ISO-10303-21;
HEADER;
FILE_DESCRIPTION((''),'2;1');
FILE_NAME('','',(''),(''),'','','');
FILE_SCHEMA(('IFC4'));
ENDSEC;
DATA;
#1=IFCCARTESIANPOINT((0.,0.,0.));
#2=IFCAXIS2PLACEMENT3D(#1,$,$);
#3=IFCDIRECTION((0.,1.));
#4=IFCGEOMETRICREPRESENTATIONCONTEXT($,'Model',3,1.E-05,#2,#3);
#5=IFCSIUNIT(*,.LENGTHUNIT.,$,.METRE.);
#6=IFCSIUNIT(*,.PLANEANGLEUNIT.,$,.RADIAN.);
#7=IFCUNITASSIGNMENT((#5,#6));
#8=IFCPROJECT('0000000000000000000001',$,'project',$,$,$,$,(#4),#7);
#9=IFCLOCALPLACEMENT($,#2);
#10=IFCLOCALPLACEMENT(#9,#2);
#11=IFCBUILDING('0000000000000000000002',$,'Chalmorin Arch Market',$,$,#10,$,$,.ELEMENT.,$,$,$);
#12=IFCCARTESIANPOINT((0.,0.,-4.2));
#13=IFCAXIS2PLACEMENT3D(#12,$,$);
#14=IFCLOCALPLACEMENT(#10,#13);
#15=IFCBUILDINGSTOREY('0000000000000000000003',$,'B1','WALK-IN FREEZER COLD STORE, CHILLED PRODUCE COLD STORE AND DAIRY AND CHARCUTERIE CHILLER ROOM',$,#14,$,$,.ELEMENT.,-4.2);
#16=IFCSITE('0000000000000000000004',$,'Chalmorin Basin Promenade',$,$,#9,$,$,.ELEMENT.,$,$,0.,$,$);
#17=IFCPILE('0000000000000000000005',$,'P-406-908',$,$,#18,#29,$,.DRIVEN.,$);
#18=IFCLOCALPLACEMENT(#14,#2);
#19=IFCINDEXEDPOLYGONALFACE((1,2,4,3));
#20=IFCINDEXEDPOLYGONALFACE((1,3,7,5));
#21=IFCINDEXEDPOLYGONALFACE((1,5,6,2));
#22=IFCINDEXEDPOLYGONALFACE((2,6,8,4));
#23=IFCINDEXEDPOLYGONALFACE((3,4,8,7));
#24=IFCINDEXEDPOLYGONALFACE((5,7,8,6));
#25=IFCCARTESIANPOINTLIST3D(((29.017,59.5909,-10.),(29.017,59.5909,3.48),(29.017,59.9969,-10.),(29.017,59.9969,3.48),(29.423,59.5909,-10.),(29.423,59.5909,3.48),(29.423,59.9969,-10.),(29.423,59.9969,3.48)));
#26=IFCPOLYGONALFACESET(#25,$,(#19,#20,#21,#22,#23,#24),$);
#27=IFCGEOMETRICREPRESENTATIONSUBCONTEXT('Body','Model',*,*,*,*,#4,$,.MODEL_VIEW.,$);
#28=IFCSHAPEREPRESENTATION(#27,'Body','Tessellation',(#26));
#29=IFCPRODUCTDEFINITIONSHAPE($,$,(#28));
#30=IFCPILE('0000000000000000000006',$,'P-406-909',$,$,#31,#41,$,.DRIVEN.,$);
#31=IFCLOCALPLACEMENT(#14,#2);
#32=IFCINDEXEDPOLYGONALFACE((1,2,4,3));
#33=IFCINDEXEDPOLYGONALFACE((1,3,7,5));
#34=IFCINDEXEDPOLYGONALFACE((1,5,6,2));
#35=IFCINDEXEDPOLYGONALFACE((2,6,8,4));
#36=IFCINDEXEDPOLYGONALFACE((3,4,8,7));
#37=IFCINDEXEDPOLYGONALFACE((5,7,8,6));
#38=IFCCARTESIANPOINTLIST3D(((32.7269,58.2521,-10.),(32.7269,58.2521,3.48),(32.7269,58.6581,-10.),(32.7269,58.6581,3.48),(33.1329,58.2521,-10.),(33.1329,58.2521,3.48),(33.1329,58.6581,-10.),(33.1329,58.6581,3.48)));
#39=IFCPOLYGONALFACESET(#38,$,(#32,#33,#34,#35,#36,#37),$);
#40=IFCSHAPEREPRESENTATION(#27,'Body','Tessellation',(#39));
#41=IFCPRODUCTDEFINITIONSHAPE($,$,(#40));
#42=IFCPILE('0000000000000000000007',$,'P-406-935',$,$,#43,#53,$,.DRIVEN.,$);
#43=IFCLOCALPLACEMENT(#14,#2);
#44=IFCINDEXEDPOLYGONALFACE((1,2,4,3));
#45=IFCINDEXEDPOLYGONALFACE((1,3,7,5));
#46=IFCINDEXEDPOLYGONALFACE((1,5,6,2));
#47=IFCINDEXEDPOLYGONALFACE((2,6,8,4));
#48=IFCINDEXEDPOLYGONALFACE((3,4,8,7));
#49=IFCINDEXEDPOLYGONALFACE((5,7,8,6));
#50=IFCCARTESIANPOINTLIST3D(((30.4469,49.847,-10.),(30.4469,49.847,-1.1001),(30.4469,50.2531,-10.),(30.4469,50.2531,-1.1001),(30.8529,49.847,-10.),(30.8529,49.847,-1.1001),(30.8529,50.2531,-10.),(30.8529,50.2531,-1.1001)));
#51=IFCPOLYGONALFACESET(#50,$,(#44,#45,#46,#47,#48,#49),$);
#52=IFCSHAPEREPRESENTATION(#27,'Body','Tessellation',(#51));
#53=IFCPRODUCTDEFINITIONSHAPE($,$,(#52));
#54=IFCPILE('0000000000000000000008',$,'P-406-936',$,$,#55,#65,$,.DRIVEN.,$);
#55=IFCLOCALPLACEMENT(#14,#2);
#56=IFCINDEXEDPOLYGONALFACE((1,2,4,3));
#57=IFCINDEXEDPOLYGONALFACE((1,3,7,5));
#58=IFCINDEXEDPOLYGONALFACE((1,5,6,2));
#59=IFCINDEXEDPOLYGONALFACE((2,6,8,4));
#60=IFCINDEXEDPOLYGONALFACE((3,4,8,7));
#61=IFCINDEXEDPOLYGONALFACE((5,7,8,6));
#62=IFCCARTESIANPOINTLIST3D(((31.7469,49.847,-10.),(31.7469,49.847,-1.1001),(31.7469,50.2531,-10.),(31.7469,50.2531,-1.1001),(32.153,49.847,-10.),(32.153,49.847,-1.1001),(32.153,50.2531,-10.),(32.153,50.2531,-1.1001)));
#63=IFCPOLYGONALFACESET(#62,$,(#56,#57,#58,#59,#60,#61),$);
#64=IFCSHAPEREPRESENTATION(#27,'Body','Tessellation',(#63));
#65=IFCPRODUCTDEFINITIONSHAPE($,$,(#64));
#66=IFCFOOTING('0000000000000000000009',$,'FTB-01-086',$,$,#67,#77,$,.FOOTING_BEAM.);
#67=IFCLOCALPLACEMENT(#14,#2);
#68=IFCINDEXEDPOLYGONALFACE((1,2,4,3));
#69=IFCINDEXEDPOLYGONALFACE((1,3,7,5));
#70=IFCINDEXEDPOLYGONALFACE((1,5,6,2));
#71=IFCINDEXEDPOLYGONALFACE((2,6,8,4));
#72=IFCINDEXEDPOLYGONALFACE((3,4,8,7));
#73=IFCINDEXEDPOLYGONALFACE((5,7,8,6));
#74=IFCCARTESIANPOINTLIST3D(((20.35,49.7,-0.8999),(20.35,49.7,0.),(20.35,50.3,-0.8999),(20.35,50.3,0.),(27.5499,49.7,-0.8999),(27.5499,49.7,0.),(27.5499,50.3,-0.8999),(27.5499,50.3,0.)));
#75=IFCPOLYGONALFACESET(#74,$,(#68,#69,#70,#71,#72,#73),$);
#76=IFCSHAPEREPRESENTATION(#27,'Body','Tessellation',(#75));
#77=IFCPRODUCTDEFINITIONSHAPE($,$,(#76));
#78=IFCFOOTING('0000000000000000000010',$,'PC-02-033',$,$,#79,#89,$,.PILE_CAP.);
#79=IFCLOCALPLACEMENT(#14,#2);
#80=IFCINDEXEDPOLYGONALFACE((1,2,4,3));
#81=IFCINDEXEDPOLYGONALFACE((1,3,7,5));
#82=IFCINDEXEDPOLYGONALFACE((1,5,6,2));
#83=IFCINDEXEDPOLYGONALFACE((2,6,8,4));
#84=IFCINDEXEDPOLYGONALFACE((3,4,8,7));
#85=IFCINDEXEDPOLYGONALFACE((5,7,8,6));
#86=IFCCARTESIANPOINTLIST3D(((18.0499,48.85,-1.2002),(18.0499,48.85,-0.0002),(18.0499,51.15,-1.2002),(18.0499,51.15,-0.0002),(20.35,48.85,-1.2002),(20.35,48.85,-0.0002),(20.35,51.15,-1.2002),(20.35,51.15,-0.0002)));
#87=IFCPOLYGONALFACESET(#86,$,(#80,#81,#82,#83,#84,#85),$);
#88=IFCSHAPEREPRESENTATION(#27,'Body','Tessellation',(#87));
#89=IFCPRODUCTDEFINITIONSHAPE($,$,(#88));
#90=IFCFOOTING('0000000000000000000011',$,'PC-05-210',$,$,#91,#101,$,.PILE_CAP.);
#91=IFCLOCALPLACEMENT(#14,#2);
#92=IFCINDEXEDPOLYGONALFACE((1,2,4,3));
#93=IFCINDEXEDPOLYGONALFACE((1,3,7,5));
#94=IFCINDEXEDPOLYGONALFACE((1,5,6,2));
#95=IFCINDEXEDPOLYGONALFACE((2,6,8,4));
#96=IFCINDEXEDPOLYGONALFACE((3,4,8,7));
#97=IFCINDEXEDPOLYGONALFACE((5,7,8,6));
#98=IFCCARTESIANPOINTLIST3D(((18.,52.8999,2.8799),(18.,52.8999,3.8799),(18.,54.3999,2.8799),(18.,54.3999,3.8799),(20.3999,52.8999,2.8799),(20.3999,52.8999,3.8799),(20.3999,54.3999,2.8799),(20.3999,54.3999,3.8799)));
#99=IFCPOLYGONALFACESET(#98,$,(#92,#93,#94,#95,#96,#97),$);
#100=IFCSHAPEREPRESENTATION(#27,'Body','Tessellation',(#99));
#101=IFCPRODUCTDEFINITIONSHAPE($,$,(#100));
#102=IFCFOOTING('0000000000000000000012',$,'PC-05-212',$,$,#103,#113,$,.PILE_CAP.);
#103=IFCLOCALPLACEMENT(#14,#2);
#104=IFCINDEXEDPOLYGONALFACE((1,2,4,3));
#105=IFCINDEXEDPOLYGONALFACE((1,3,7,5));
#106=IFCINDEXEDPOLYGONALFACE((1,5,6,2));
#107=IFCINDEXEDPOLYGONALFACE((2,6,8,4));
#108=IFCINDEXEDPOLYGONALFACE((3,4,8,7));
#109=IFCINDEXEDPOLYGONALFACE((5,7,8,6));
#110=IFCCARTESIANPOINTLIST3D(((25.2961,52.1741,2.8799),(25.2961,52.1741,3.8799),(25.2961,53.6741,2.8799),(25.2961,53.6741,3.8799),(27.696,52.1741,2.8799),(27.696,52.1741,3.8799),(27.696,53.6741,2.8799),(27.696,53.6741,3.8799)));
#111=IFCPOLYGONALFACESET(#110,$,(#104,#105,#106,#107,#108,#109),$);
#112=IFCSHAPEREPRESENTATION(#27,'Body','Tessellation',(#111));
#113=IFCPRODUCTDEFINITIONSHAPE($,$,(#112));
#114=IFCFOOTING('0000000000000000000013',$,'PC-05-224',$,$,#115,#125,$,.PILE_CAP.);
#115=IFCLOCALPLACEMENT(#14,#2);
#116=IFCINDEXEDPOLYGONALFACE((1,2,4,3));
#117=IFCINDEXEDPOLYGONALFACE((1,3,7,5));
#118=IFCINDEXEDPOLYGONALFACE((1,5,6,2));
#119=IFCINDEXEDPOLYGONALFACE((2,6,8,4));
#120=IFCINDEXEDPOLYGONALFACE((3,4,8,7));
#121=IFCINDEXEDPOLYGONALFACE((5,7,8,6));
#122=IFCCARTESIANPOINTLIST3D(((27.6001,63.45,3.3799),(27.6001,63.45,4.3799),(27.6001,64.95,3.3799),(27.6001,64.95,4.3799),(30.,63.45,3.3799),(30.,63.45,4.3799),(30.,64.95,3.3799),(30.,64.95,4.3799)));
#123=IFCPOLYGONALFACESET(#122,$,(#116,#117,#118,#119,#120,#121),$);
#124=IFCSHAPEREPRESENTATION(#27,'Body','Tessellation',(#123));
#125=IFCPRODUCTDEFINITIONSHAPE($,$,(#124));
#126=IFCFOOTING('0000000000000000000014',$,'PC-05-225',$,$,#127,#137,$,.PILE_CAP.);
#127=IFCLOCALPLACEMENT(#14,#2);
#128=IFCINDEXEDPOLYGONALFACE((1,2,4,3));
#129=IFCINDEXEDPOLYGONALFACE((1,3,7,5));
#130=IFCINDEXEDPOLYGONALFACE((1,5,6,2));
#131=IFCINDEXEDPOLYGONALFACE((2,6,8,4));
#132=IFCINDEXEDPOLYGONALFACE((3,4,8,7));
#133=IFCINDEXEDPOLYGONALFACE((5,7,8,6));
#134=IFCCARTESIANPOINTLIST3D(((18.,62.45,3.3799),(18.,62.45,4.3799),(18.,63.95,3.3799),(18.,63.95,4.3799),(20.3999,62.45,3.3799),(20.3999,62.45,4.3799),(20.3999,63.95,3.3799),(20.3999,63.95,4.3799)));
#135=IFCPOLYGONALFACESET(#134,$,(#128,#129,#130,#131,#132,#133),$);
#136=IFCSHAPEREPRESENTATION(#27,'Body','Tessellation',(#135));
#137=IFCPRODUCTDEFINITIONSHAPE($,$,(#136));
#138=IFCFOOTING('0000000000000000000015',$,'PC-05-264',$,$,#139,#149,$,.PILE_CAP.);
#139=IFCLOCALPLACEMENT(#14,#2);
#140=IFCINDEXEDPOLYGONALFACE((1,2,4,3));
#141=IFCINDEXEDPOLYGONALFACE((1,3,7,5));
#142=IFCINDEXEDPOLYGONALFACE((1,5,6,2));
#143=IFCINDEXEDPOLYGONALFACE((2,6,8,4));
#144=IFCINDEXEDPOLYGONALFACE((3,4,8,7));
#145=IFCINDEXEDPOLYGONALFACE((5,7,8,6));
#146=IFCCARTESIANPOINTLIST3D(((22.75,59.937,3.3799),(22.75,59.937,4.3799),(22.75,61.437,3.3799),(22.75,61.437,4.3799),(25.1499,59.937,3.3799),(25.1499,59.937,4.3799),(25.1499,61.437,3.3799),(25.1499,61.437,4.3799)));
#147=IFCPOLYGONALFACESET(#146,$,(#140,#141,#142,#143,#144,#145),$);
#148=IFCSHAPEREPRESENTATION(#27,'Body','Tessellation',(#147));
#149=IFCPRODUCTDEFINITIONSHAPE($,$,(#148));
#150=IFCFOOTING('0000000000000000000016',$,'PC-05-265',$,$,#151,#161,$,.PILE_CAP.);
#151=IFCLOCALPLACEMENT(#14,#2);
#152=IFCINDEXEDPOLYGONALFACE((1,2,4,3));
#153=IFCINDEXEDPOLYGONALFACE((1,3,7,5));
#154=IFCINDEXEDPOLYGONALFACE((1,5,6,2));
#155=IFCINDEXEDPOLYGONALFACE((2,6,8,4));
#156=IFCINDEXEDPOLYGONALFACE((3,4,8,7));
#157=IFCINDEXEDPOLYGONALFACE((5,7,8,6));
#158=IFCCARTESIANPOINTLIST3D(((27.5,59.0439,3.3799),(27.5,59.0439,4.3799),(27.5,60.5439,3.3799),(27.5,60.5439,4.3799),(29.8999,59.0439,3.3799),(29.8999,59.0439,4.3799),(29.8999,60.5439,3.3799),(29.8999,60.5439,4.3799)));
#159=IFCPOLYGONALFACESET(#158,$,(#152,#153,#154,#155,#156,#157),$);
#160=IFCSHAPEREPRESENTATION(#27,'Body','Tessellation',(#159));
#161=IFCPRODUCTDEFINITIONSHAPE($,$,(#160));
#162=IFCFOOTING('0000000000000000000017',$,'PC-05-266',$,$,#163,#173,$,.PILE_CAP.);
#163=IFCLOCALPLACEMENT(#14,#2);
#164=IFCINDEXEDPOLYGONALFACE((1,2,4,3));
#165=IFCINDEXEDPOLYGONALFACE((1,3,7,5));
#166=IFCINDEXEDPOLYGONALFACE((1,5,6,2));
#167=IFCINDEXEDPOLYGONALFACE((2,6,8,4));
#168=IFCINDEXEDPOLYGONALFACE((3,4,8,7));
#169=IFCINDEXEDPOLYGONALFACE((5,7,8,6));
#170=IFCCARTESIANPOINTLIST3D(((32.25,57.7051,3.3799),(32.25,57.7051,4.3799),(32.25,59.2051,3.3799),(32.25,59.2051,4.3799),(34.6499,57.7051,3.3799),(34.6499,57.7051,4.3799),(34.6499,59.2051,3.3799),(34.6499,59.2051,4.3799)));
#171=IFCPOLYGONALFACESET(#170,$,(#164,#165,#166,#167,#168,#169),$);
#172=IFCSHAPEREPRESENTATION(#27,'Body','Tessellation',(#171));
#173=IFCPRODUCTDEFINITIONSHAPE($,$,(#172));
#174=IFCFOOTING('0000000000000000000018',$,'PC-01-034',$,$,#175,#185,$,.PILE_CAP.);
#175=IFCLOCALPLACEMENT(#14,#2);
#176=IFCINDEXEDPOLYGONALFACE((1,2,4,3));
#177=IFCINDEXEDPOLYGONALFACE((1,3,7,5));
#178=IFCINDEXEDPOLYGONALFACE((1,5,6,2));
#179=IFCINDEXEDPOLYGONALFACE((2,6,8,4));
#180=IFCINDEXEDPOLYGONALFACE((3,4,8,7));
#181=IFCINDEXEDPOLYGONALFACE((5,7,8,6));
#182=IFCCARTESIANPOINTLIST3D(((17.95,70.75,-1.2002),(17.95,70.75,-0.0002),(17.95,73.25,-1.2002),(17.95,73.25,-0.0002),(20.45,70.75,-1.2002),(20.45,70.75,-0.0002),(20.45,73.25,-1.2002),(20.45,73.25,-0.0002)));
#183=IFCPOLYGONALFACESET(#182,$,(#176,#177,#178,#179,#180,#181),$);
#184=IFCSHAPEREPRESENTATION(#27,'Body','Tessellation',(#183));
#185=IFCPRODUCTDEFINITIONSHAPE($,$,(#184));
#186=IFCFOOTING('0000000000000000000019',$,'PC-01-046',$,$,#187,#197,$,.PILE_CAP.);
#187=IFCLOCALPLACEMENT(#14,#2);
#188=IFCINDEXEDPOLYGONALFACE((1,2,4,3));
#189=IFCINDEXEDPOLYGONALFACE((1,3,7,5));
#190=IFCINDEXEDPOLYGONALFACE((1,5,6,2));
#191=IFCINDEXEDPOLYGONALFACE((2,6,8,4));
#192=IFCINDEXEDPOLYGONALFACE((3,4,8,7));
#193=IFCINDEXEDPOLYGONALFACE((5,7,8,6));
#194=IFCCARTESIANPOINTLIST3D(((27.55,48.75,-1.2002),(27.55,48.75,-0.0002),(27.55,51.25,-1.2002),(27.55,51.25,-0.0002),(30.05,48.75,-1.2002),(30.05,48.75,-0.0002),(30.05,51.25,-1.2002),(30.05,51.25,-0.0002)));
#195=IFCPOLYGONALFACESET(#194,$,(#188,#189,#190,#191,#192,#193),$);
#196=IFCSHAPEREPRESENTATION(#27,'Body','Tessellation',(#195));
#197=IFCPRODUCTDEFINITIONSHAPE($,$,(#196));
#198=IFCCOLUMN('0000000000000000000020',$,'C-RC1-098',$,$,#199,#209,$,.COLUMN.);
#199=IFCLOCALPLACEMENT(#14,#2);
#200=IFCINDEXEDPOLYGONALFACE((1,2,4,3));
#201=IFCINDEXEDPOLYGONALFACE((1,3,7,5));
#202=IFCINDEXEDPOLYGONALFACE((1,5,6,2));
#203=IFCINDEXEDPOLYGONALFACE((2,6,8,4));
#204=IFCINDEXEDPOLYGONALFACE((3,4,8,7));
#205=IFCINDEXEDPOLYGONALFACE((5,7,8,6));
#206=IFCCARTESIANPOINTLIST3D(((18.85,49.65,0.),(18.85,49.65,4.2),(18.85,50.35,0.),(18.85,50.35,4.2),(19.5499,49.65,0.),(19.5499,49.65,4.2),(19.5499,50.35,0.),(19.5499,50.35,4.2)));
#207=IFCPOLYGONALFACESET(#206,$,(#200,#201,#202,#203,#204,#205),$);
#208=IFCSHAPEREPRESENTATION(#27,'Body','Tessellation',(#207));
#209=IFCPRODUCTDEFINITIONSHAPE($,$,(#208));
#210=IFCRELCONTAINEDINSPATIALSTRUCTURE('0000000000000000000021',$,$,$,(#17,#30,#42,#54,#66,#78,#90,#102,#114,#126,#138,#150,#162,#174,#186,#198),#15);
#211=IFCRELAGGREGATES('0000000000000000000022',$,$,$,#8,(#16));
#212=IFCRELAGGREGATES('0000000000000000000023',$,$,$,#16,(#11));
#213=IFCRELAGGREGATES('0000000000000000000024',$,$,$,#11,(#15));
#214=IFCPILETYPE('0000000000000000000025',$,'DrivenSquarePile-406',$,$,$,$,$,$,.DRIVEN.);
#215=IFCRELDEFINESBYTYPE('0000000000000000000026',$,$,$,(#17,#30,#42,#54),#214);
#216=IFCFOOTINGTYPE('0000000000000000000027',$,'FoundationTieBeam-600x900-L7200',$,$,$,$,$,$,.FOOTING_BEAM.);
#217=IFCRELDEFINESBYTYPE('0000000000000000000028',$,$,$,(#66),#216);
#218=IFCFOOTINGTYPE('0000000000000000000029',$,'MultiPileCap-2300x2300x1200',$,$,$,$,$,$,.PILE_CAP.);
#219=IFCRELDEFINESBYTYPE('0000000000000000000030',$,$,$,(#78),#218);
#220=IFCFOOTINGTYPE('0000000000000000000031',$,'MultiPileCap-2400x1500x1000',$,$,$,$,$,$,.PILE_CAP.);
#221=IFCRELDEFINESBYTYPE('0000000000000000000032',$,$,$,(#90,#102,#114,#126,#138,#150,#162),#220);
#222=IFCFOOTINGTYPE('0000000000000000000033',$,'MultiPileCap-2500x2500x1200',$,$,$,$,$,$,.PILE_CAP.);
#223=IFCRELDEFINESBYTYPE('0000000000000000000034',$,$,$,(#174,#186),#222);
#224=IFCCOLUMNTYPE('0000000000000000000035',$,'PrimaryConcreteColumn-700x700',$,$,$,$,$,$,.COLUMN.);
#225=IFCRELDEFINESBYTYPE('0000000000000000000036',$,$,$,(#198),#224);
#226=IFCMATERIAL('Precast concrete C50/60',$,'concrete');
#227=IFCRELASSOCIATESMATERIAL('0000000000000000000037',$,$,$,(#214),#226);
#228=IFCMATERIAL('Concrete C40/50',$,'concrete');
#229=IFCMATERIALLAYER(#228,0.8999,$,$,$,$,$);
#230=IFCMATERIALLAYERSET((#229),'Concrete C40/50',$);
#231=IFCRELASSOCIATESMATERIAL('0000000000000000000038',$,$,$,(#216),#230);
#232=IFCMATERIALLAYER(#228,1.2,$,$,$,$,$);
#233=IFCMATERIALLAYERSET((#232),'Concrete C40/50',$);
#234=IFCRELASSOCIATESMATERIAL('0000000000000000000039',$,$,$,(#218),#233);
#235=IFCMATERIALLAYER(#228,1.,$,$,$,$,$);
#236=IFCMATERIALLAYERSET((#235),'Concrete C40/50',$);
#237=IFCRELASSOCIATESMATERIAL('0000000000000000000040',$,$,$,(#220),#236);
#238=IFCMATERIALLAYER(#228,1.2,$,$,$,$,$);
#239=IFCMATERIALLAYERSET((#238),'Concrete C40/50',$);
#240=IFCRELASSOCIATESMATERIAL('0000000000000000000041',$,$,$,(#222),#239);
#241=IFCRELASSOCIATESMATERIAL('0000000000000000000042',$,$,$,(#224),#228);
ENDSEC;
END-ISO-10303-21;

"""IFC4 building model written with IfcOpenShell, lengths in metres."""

from ifc_helpers import new_model, si_unit, direction, frame, origin, origin_2d, place, context, subcontext, project, spatial, rectangle, extrude, material, layer, layer_set, material_profile, profile_set, type_object, element, save


model = new_model("IFC4")

# Units and contexts
model_context = context("Model", 3, precision=1e-05, world=origin(), true_north=direction((0.0, 1.0)))
body_context = subcontext(model_context, "Body", "Model", "MODEL_VIEW")
ifc_project = project(units=[si_unit("LENGTHUNIT", "METRE"), si_unit("PLANEANGLEUNIT", "RADIAN")], contexts=[model_context])

# Site, building, storey
site_placement = place(None, origin())
site = spatial("IfcSite", under=ifc_project, at=site_placement, Name="Chalmorin Basin Promenade", CompositionType="ELEMENT", RefElevation=0.0)
building_placement = place(site_placement, origin())
building = spatial("IfcBuilding", under=site, at=building_placement, Name="Chalmorin Arch Market", CompositionType="ELEMENT")
storey_placement = place(building_placement, frame((0.0, 0.0, -4.2)))
storey = spatial("IfcBuildingStorey", under=building, at=storey_placement, Name="B1", Description="WALK-IN FREEZER COLD STORE, CHILLED PRODUCE COLD STORE AND DAIRY AND CHARCUTERIE CHILLER ROOM", CompositionType="ELEMENT", Elevation=-4.2)

# Piles
ifc_material_1 = material(Name="Precast concrete C50/60", Category="concrete")
ifc_material_profile_1 = material_profile(ifc_material_1, rectangle(XDim=0.406, YDim=0.406, at=origin_2d()), Name="PPC406")
ifc_profile_set_1 = profile_set([ifc_material_profile_1], Name="Precast concrete C50/60")
pile_type = type_object("IfcPileType", Name="DrivenSquarePile-406", PredefinedType="DRIVEN", material=ifc_profile_set_1)
for number, where, z_axis, x_axis, name in (
    (1, (29.22, 59.7939, 3.48), (0.0, 0.0, -1.0), (1.0, 0.0, 0.0), "P-406-908"),
    (2, (32.9299, 58.4551, 3.48), (0.0, 0.0, -1.0), (1.0, 0.0, 0.0), "P-406-909"),
):
    element("IfcPile", number, at=place(storey_placement, frame(where, z_axis=z_axis, x_axis=x_axis)), inside=storey, type_object=pile_type, Name=name, PredefinedType="DRIVEN", context=body_context, shape_type="SweptSolid", body=[
        extrude(rectangle(XDim=0.406, YDim=0.406, at=origin_2d()), origin(), (0.0, 0.0, 1.0), 13.48),
    ])
for number, where, z_axis, x_axis, name in (
    (3, (30.6499, 50.05, -1.1001), (0.0, 0.0, -1.0), (1.0, 0.0, 0.0), "P-406-935"),
    (4, (31.95, 50.05, -1.1001), (0.0, 0.0, -1.0), (1.0, 0.0, 0.0), "P-406-936"),
):
    element("IfcPile", number, at=place(storey_placement, frame(where, z_axis=z_axis, x_axis=x_axis)), inside=storey, type_object=pile_type, Name=name, PredefinedType="DRIVEN", context=body_context, shape_type="SweptSolid", body=[
        extrude(rectangle(XDim=0.406, YDim=0.406, at=origin_2d()), origin(), (0.0, 0.0, 1.0), 8.8999),
    ])

# Footings
ifc_material_2 = material(Name="Concrete C40/50", Category="concrete")
ifc_layer_1 = layer(ifc_material_2, 0.8999)
ifc_layer_set_1 = layer_set([ifc_layer_1], Name="Concrete C40/50")
footing_type_1 = type_object("IfcFootingType", Name="FoundationTieBeam-600x900-L7200", PredefinedType="FOOTING_BEAM", material=ifc_layer_set_1)
footing_1_placement = place(storey_placement, frame((23.95, 50.0, -0.8999), z_axis=(0.0, 0.0, 1.0), x_axis=(1.0, 0.0, 0.0)))
element("IfcFooting", 5, at=footing_1_placement, inside=storey, type_object=footing_type_1, Name="FTB-01-086", PredefinedType="FOOTING_BEAM", context=body_context, shape_type="SweptSolid", body=[
    extrude(rectangle(XDim=7.2, YDim=0.6001, at=origin_2d()), origin(), (0.0, 0.0, 1.0), 0.8999),
])
ifc_layer_2 = layer(ifc_material_2, 1.2)
ifc_layer_set_2 = layer_set([ifc_layer_2], Name="Concrete C40/50")
footing_type_2 = type_object("IfcFootingType", Name="MultiPileCap-2300x2300x1200", PredefinedType="PILE_CAP", material=ifc_layer_set_2)
footing_2_placement = place(storey_placement, frame((19.2, 50.0, -1.2002), z_axis=(0.0, 0.0, 1.0), x_axis=(1.0, 0.0, 0.0)))
element("IfcFooting", 6, at=footing_2_placement, inside=storey, type_object=footing_type_2, Name="PC-02-033", PredefinedType="PILE_CAP", context=body_context, shape_type="SweptSolid", body=[
    extrude(rectangle(XDim=2.3, YDim=2.3, at=origin_2d()), origin(), (0.0, 0.0, 1.0), 1.2),
])
ifc_layer_3 = layer(ifc_material_2, 1.0)
ifc_layer_set_3 = layer_set([ifc_layer_3], Name="Concrete C40/50")
footing_type_3 = type_object("IfcFootingType", Name="MultiPileCap-2400x1500x1000", PredefinedType="PILE_CAP", material=ifc_layer_set_3)
for number, where, z_axis, x_axis, name in (
    (7, (19.2, 53.6499, 2.8799), (0.0, 0.0, 1.0), (1.0, 0.0, 0.0), "PC-05-210"),
    (8, (26.4961, 52.9241, 2.8799), (0.0, 0.0, 1.0), (1.0, 0.0, 0.0), "PC-05-212"),
    (9, (28.8, 64.2, 3.3799), (0.0, 0.0, 1.0), (1.0, 0.0, 0.0), "PC-05-224"),
    (10, (19.2, 63.2, 3.3799), (0.0, 0.0, 1.0), (1.0, 0.0, 0.0), "PC-05-225"),
    (11, (23.95, 60.687, 3.3799), (0.0, 0.0, 1.0), (1.0, 0.0, 0.0), "PC-05-264"),
    (12, (28.7, 59.7939, 3.3799), (0.0, 0.0, 1.0), (1.0, 0.0, 0.0), "PC-05-265"),
    (13, (33.45, 58.4551, 3.3799), (0.0, 0.0, 1.0), (1.0, 0.0, 0.0), "PC-05-266"),
):
    element("IfcFooting", number, at=place(storey_placement, frame(where, z_axis=z_axis, x_axis=x_axis)), inside=storey, type_object=footing_type_3, Name=name, PredefinedType="PILE_CAP", context=body_context, shape_type="SweptSolid", body=[
        extrude(rectangle(XDim=2.3999, YDim=1.5, at=origin_2d()), origin(), (0.0, 0.0, 1.0), 1.0),
    ])
ifc_layer_4 = layer(ifc_material_2, 1.2)
ifc_layer_set_4 = layer_set([ifc_layer_4], Name="Concrete C40/50")
footing_type_4 = type_object("IfcFootingType", Name="MultiPileCap-2500x2500x1200", PredefinedType="PILE_CAP", material=ifc_layer_set_4)
for number, where, z_axis, x_axis, name in (
    (14, (19.2, 72.0, -1.2002), (0.0, 0.0, 1.0), (1.0, 0.0, 0.0), "PC-01-034"),
    (15, (28.8, 50.0, -1.2002), (0.0, 0.0, 1.0), (1.0, 0.0, 0.0), "PC-01-046"),
):
    element("IfcFooting", number, at=place(storey_placement, frame(where, z_axis=z_axis, x_axis=x_axis)), inside=storey, type_object=footing_type_4, Name=name, PredefinedType="PILE_CAP", context=body_context, shape_type="SweptSolid", body=[
        extrude(rectangle(XDim=2.5, YDim=2.5, at=origin_2d()), origin(), (0.0, 0.0, 1.0), 1.2),
    ])

# Column
ifc_material_profile_2 = material_profile(ifc_material_2, rectangle(XDim=0.7, YDim=0.7, at=origin_2d()), Name="RC700X700")
ifc_profile_set_2 = profile_set([ifc_material_profile_2], Name="Concrete C40/50")
column_type = type_object("IfcColumnType", Name="PrimaryConcreteColumn-700x700", PredefinedType="COLUMN", material=ifc_profile_set_2)
for number, where, z_axis, x_axis, name in (
    (16, (19.2, 50.0, 0.0), (0.0, 0.0, 1.0), (1.0, 0.0, 0.0), "C-RC1-098"),
):
    element("IfcColumn", number, at=place(storey_placement, frame(where, z_axis=z_axis, x_axis=x_axis)), inside=storey, type_object=column_type, Name=name, PredefinedType="COLUMN", context=body_context, shape_type="SweptSolid", body=[
        extrude(rectangle(XDim=0.7, YDim=0.7, at=origin_2d()), origin(), (0.0, 0.0, 1.0), 4.2),
    ])

save(model, "model.ifc")
